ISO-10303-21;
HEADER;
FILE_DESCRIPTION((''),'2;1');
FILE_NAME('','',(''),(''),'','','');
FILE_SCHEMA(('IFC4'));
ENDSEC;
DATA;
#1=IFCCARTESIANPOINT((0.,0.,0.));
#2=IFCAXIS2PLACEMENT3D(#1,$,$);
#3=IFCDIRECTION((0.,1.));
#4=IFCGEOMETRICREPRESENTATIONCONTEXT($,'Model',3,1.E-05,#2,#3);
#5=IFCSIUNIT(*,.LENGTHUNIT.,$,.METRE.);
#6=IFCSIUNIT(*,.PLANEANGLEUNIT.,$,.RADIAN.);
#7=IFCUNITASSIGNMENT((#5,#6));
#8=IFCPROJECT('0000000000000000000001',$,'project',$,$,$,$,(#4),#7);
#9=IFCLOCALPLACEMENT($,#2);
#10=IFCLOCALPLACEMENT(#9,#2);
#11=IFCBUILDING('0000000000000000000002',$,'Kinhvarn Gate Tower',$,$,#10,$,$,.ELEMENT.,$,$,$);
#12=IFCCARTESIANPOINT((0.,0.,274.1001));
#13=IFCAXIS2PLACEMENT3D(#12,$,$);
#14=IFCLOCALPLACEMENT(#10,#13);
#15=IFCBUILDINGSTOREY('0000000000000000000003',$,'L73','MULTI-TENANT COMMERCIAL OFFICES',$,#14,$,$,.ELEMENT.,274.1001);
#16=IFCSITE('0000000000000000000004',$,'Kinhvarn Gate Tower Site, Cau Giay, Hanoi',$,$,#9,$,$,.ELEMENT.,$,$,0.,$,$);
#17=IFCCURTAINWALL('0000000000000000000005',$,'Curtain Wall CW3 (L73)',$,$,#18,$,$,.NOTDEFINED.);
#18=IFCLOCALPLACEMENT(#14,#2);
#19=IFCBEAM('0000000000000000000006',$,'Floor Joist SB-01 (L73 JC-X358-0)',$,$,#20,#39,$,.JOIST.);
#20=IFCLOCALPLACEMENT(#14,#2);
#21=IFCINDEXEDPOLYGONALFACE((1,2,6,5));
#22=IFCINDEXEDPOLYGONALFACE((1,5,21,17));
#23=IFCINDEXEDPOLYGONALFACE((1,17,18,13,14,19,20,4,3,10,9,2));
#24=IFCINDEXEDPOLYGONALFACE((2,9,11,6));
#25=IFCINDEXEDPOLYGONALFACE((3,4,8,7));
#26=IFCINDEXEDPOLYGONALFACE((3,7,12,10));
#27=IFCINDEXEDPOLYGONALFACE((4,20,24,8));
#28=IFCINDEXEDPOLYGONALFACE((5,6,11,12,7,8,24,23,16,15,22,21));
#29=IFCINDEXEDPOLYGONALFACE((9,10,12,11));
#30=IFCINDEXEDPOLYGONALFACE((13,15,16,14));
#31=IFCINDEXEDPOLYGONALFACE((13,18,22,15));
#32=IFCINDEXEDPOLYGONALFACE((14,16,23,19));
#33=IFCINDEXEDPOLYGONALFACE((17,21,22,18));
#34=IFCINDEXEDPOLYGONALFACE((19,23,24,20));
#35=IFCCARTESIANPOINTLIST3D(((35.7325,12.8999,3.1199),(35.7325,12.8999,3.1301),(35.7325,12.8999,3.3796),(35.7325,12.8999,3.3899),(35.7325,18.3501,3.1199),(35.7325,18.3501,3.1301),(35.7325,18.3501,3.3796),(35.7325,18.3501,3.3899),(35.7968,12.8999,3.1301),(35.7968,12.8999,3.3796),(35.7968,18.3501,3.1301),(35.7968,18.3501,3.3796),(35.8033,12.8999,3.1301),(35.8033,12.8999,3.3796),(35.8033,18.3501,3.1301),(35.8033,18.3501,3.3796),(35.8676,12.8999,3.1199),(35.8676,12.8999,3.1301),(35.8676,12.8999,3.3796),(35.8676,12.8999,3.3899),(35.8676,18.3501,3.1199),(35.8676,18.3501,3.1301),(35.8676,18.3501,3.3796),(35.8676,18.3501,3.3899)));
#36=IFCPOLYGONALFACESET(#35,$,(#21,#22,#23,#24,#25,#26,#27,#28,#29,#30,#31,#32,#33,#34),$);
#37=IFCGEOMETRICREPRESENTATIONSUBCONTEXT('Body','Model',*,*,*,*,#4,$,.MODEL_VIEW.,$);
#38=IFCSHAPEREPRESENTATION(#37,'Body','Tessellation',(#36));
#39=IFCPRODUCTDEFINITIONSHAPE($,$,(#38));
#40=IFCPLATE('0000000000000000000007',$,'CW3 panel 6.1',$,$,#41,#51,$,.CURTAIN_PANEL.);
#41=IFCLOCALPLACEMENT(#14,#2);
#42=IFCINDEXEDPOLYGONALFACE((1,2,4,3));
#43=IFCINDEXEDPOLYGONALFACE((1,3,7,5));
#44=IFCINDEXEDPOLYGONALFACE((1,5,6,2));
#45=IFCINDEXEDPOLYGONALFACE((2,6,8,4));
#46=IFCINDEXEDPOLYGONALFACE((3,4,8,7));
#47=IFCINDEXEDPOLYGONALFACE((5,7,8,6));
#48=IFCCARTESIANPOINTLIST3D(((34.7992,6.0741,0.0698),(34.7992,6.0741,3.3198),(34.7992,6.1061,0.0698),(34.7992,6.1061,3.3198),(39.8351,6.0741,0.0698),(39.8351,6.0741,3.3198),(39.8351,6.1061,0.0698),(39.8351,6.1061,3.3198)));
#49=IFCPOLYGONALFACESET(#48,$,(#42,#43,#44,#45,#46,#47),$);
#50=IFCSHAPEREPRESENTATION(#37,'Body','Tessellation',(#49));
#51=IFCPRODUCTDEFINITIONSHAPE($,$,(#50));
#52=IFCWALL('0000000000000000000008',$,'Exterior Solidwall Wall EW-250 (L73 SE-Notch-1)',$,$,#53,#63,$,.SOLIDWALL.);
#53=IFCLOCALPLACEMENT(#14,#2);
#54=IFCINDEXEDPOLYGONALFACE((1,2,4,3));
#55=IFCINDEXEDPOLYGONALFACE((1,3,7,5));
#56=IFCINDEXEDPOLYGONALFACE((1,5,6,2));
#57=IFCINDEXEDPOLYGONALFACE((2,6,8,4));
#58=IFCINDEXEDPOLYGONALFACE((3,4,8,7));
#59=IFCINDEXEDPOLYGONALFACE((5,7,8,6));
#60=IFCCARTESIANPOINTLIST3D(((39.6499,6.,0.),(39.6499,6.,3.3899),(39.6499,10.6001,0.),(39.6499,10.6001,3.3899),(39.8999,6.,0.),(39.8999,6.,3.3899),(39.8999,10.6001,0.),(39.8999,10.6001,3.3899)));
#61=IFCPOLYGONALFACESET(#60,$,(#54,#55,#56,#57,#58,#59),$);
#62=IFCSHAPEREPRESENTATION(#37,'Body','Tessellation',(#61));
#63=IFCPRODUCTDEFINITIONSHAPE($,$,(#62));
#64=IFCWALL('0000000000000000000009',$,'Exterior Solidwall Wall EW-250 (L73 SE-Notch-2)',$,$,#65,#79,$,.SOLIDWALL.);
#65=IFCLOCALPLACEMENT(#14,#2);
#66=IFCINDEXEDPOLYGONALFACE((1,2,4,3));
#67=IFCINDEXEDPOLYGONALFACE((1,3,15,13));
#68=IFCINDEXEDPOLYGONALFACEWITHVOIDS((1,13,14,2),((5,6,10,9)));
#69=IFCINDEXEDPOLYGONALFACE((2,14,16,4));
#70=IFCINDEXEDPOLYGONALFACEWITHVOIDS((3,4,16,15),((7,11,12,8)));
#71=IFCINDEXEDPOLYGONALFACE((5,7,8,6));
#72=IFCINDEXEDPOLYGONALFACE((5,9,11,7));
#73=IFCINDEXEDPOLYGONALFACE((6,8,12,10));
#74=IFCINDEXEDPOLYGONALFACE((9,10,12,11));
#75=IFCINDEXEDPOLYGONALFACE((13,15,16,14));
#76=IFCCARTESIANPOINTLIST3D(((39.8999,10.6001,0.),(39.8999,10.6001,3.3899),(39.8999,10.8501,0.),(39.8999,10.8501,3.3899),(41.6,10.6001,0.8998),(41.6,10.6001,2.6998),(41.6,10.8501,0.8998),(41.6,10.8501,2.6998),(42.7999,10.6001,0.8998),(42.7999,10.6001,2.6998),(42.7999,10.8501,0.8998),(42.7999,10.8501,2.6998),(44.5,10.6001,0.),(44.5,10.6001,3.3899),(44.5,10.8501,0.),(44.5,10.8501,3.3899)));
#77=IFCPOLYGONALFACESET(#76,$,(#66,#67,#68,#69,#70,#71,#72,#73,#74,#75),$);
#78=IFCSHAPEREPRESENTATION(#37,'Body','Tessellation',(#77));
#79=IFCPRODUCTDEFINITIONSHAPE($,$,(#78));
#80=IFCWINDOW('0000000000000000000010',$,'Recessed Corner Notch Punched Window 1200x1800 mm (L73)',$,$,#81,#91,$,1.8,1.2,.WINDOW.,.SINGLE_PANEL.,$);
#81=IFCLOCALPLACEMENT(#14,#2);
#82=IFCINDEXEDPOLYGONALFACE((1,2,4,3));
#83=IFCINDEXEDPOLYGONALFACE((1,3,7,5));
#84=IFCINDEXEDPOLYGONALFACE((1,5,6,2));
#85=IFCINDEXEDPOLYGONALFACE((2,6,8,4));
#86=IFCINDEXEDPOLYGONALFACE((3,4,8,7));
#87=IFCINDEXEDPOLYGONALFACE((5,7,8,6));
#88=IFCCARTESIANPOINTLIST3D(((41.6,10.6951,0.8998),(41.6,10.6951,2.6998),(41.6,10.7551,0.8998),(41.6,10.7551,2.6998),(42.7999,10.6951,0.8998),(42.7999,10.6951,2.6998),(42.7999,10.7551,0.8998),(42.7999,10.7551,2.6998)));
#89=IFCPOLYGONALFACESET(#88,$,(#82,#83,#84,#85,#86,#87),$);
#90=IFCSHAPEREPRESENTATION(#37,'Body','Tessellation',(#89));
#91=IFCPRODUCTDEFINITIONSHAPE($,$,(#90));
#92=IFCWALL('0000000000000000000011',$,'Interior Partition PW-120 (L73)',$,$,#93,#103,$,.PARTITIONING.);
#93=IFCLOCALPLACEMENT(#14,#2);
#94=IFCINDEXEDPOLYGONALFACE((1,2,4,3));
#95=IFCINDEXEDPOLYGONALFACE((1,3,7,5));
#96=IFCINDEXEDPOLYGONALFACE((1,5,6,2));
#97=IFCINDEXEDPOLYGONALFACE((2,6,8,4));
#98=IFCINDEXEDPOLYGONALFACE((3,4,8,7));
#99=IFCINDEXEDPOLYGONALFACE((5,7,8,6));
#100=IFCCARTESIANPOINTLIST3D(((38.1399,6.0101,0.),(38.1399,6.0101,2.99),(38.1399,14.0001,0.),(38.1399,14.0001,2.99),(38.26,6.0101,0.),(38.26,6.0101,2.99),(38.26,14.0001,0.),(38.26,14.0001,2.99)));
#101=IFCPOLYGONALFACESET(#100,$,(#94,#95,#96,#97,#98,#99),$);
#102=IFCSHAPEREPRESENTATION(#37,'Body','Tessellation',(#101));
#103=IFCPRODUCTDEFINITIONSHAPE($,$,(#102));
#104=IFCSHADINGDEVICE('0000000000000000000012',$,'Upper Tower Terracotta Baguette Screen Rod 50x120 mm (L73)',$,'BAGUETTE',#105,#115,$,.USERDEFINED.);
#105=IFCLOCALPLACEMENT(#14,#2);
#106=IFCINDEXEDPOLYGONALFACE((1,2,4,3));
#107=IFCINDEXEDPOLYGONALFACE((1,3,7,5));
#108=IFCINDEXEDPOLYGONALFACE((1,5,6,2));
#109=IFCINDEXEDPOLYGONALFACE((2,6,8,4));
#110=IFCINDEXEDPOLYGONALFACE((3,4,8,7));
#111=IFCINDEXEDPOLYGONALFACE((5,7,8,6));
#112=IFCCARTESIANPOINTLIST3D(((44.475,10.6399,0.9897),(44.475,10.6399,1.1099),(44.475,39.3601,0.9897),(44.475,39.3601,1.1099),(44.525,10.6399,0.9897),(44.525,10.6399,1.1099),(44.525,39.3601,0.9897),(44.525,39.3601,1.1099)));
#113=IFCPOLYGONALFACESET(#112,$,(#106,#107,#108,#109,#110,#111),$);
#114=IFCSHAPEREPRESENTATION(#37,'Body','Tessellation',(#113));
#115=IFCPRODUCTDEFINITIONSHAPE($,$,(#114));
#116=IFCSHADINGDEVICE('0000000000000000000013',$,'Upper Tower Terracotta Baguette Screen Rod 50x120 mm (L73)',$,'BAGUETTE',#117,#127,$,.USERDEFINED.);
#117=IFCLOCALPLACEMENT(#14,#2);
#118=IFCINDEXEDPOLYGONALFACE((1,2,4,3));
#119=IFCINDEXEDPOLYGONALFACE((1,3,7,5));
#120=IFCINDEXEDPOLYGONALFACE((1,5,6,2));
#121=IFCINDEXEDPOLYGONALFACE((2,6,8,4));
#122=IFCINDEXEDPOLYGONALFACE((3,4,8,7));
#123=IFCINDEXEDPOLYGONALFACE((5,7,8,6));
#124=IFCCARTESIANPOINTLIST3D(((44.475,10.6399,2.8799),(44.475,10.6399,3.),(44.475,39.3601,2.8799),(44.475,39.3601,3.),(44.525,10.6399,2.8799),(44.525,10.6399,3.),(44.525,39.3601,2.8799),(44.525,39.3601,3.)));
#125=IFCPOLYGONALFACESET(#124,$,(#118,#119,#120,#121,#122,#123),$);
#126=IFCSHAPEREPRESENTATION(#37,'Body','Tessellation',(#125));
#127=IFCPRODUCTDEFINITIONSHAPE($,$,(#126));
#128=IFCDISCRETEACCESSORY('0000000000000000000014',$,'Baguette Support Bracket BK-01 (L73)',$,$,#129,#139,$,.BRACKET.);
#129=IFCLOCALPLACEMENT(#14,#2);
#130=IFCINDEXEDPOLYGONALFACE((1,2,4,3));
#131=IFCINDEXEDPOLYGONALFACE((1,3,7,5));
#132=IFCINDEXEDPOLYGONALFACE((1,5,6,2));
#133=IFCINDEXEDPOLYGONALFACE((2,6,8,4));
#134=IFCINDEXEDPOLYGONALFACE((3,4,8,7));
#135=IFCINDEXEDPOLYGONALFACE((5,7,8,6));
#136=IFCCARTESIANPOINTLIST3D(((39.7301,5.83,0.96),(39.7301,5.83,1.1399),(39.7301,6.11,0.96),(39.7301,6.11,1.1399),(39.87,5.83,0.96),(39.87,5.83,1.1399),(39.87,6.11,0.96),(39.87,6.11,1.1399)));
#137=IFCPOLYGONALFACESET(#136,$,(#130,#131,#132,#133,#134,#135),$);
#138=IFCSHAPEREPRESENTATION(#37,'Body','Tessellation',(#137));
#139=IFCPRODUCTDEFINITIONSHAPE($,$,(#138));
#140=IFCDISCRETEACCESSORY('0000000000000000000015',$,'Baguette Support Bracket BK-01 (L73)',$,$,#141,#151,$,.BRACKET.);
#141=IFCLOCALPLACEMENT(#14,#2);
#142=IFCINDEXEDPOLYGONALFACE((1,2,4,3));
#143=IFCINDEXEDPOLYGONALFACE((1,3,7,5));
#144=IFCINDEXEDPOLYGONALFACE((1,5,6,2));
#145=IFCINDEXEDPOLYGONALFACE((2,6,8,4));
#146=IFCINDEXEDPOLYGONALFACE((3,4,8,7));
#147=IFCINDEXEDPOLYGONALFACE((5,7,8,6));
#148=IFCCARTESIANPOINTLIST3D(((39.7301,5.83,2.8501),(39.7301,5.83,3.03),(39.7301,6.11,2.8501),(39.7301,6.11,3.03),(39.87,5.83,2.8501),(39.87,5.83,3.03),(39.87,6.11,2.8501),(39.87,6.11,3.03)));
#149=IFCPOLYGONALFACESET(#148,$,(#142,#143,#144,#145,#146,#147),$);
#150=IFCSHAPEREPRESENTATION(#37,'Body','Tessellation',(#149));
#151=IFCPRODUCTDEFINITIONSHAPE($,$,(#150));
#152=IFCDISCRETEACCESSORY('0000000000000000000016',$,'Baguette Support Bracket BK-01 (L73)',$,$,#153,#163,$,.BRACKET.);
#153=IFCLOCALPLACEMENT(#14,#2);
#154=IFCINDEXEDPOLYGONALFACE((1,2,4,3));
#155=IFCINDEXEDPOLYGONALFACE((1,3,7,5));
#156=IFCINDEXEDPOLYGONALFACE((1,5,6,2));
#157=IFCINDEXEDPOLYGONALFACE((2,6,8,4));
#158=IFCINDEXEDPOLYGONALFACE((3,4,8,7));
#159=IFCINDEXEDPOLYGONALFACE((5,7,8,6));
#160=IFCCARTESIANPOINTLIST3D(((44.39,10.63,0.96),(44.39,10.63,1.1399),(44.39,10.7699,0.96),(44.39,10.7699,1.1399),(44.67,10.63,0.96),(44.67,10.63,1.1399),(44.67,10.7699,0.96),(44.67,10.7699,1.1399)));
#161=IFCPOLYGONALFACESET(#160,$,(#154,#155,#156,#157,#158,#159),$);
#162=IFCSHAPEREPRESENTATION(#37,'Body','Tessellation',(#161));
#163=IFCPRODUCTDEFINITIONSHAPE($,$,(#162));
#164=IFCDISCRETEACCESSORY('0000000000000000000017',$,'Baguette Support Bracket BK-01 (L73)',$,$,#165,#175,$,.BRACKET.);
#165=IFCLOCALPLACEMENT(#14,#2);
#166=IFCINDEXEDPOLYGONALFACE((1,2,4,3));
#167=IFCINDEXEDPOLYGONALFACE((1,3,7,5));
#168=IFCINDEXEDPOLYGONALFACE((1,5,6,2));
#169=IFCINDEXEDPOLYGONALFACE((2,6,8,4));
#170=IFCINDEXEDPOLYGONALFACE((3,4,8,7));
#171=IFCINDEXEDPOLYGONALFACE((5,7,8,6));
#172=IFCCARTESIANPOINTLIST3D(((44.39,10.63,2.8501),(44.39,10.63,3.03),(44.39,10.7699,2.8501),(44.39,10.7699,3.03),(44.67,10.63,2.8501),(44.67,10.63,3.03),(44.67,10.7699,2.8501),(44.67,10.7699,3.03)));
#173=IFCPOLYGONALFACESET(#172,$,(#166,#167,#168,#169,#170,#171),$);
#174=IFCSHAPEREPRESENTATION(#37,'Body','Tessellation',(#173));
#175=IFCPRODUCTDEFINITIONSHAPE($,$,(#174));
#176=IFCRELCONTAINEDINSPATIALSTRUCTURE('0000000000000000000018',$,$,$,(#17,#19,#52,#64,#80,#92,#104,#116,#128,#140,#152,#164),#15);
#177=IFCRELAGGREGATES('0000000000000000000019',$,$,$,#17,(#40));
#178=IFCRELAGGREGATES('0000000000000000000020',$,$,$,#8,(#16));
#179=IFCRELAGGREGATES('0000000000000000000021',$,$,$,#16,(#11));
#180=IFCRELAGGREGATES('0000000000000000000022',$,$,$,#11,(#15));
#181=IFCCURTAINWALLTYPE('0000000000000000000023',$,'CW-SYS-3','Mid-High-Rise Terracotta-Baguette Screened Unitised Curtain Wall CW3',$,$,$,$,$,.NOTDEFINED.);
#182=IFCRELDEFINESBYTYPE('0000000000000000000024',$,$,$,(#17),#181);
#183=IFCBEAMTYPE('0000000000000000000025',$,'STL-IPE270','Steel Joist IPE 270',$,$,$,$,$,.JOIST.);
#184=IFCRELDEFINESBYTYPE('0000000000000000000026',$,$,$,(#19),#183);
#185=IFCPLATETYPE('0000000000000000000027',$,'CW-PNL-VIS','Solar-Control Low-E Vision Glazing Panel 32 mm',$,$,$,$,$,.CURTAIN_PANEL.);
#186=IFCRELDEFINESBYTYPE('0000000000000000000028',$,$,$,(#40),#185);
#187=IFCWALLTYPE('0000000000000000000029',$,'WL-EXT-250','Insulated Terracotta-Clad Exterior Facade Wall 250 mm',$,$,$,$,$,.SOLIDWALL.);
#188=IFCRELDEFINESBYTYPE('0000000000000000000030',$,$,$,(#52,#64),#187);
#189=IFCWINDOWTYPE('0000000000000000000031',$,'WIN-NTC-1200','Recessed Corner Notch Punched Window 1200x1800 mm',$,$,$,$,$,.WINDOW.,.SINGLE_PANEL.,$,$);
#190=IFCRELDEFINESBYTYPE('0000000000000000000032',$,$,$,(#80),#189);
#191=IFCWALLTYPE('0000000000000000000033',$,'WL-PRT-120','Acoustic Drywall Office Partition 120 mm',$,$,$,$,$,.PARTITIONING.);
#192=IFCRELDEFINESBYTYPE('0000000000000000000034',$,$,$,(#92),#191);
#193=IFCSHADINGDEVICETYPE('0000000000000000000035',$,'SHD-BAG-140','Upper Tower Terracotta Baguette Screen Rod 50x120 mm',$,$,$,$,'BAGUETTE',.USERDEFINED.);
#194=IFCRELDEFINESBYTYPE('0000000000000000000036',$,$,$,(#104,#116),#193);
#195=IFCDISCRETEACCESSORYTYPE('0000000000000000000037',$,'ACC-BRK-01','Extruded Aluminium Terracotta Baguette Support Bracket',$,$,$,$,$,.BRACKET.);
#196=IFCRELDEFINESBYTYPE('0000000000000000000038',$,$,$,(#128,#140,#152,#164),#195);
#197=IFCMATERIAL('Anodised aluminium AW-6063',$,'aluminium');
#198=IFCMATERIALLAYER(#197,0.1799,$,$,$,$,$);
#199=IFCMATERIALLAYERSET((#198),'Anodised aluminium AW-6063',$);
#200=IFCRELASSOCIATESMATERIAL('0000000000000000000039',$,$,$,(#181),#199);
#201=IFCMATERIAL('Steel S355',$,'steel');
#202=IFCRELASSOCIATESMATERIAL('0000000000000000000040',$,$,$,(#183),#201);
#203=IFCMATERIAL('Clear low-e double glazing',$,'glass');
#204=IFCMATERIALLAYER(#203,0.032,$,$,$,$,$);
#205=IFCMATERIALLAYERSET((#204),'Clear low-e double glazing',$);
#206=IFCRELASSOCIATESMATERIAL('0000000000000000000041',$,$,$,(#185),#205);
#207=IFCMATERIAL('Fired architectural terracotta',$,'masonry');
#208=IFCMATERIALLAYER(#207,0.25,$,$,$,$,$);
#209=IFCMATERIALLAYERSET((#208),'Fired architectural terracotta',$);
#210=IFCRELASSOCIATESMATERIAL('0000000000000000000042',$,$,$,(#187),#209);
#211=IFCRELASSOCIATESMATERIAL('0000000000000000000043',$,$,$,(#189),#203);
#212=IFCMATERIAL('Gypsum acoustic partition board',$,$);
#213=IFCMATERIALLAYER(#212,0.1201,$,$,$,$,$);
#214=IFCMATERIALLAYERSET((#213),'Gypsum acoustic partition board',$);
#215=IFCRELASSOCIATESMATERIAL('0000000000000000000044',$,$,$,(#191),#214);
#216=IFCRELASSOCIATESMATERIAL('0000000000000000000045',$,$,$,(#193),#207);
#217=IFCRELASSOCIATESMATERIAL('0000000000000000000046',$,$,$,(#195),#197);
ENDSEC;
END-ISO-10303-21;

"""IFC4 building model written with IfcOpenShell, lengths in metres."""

from ifc_helpers import new_model, si_unit, direction, frame, frame_2d, origin, origin_2d, place, context, subcontext, project, spatial, rectangle, i_section, extrude, material, layer, layer_set, material_profile, profile_set, type_object, element, fill, aggregate, save


model = new_model("IFC4")

# Units and contexts
model_context = context("Model", 3, precision=1e-05, world=origin(), true_north=direction((0.0, 1.0)))
body_context = subcontext(model_context, "Body", "Model", "MODEL_VIEW")
ifc_project = project(units=[si_unit("LENGTHUNIT", "METRE"), si_unit("PLANEANGLEUNIT", "RADIAN")], contexts=[model_context])

# Site, building, storey
site_placement = place(None, origin())
site = spatial("IfcSite", under=ifc_project, at=site_placement, Name="Kinhvarn Gate Tower Site, Cau Giay, Hanoi", CompositionType="ELEMENT", RefElevation=0.0)
building_placement = place(site_placement, origin())
building = spatial("IfcBuilding", under=site, at=building_placement, Name="Kinhvarn Gate Tower", CompositionType="ELEMENT")
storey_placement = place(building_placement, frame((0.0, 0.0, 274.1001)))
storey = spatial("IfcBuildingStorey", under=building, at=storey_placement, Name="L73", Description="MULTI-TENANT COMMERCIAL OFFICES", CompositionType="ELEMENT", Elevation=274.1001)

# Curtain wall
ifc_material_1 = material(Name="Anodised aluminium AW-6063", Category="aluminium")
ifc_layer_1 = layer(ifc_material_1, 0.1799)
ifc_layer_set_1 = layer_set([ifc_layer_1], Name="Anodised aluminium AW-6063")
curtain_wall_type = type_object("IfcCurtainWallType", Name="CW-SYS-3", Description="Mid-High-Rise Terracotta-Baguette Screened Unitised Curtain Wall CW3", PredefinedType="NOTDEFINED", material=ifc_layer_set_1)
curtain_wall_1_placement = place(storey_placement, origin())
curtain_wall_1 = element("IfcCurtainWall", 1, at=curtain_wall_1_placement, inside=storey, type_object=curtain_wall_type, Name="Curtain Wall CW3 (L73)", PredefinedType="NOTDEFINED")

# Beam
ifc_material_2 = material(Name="Steel S355", Category="steel")
ifc_material_profile_1 = material_profile(ifc_material_2, i_section(OverallWidth=0.135, OverallDepth=0.27, WebThickness=0.0066, FlangeThickness=0.0103, at=origin_2d()), Name="IPE 270")
ifc_profile_set_1 = profile_set([ifc_material_profile_1], Name="Steel S355")
beam_type_1 = type_object("IfcBeamType", Name="STL-IPE270", Description="Steel Joist IPE 270", PredefinedType="JOIST", material=ifc_profile_set_1)
beam_1_placement = place(storey_placement, frame((35.8, 12.8999, 3.2549), z_axis=(0.0, 1.0, 0.0), x_axis=(-1.0, 0.0, 0.0)))
element("IfcBeam", 2, at=beam_1_placement, inside=storey, type_object=beam_type_1, Name="Floor Joist SB-01 (L73 JC-X358-0)", PredefinedType="JOIST", context=body_context, shape_type="SweptSolid", body=[
    extrude(i_section(OverallWidth=0.135, OverallDepth=0.27, WebThickness=0.0066, FlangeThickness=0.0103, at=origin_2d()), origin(), (0.0, 0.0, 1.0), 5.4502),
])

# Plate
ifc_material_3 = material(Name="Clear low-e double glazing", Category="glass")
ifc_layer_2 = layer(ifc_material_3, 0.032)
ifc_layer_set_2 = layer_set([ifc_layer_2], Name="Clear low-e double glazing")
plate_type = type_object("IfcPlateType", Name="CW-PNL-VIS", Description="Solar-Control Low-E Vision Glazing Panel 32 mm", PredefinedType="CURTAIN_PANEL", material=ifc_layer_set_2)
plate_placement = place(storey_placement, frame((37.3171, 6.0901, 0.0698), z_axis=(0.0, 0.0, 1.0), x_axis=(1.0, 0.0, 0.0)))
plate = element("IfcPlate", 3, at=plate_placement, type_object=plate_type, Name="CW3 panel 6.1", PredefinedType="CURTAIN_PANEL", context=body_context, shape_type="SweptSolid", body=[
    extrude(rectangle(XDim=5.0359, YDim=0.032, at=origin_2d()), origin(), (0.0, 0.0, 1.0), 3.25),
])
aggregate(curtain_wall_1, [plate])

# Wall
ifc_material_4 = material(Name="Fired architectural terracotta", Category="masonry")
ifc_layer_3 = layer(ifc_material_4, 0.25)
ifc_layer_set_3 = layer_set([ifc_layer_3], Name="Fired architectural terracotta")
wall_type_1 = type_object("IfcWallType", Name="WL-EXT-250", Description="Insulated Terracotta-Clad Exterior Facade Wall 250 mm", PredefinedType="SOLIDWALL", material=ifc_layer_set_3)
wall_1_placement = place(storey_placement, frame((39.7749, 6.0, 0.0), z_axis=(0.0, 0.0, 1.0), x_axis=(0.0, 1.0, 0.0)))
element("IfcWall", 4, at=wall_1_placement, inside=storey, type_object=wall_type_1, Name="Exterior Solidwall Wall EW-250 (L73 SE-Notch-1)", PredefinedType="SOLIDWALL", context=body_context, shape_type="SweptSolid", body=[
    extrude(rectangle(XDim=4.6001, YDim=0.25, at=frame_2d((2.3, 0.0))), origin(), (0.0, 0.0, 1.0), 3.3899),
])

# Wall, opening, window
wall_2_placement = place(storey_placement, frame((39.8999, 10.7251, 0.0), z_axis=(0.0, 0.0, 1.0), x_axis=(1.0, 0.0, 0.0)))
wall_2 = element("IfcWall", 5, at=wall_2_placement, inside=storey, type_object=wall_type_1, Name="Exterior Solidwall Wall EW-250 (L73 SE-Notch-2)", PredefinedType="SOLIDWALL", context=body_context, shape_type="SweptSolid", body=[
    extrude(rectangle(XDim=4.6001, YDim=0.25, at=frame_2d((2.3, 0.0))), origin(), (0.0, 0.0, 1.0), 3.3899),
])
opening_placement = place(wall_2_placement, frame((1.7, 0.0, 0.8999)))
opening = element("IfcOpeningElement", 6, at=opening_placement, cuts=wall_2, PredefinedType="OPENING", context=body_context, shape_type="SweptSolid", body=[
    extrude(rectangle(XDim=1.2, YDim=1.8, at=frame_2d((0.6001, 0.8999))), frame((0.0, 0.135, 0.0), z_axis=(0.0, -1.0, 0.0), x_axis=(1.0, 0.0, 0.0)), (0.0, 0.0, 1.0), 0.27),
])
window_type = type_object("IfcWindowType", Name="WIN-NTC-1200", Description="Recessed Corner Notch Punched Window 1200x1800 mm", PartitioningType="SINGLE_PANEL", PredefinedType="WINDOW", material=ifc_material_3)
window_placement = place(opening_placement, origin())
window = element("IfcWindow", 7, at=window_placement, inside=storey, type_object=window_type, Name="Recessed Corner Notch Punched Window 1200x1800 mm (L73)", OverallHeight=1.8, OverallWidth=1.2, PartitioningType="SINGLE_PANEL", PredefinedType="WINDOW", context=body_context, shape_type="SweptSolid", body=[
    extrude(rectangle(XDim=1.2, YDim=1.8, at=frame_2d((0.6001, 0.8999))), frame((0.0, 0.03, 0.0), z_axis=(0.0, -1.0, 0.0), x_axis=(1.0, 0.0, 0.0)), (0.0, 0.0, 1.0), 0.0601),
])
fill(opening, window)

# Wall
ifc_material_5 = material(Name="Gypsum acoustic partition board")
ifc_layer_4 = layer(ifc_material_5, 0.1201)
ifc_layer_set_4 = layer_set([ifc_layer_4], Name="Gypsum acoustic partition board")
wall_type_2 = type_object("IfcWallType", Name="WL-PRT-120", Description="Acoustic Drywall Office Partition 120 mm", PredefinedType="PARTITIONING", material=ifc_layer_set_4)
wall_3_placement = place(storey_placement, frame((38.2, 6.01, 0.0), z_axis=(0.0, 0.0, 1.0), x_axis=(0.0, 1.0, 0.0)))
element("IfcWall", 8, at=wall_3_placement, inside=storey, type_object=wall_type_2, Name="Interior Partition PW-120 (L73)", PredefinedType="PARTITIONING", context=body_context, shape_type="SweptSolid", body=[
    extrude(rectangle(XDim=7.99, YDim=0.1201, at=frame_2d((3.9951, 0.0))), origin(), (0.0, 0.0, 1.0), 2.99),
])

# Shading devices
ifc_material_profile_2 = material_profile(ifc_material_4, rectangle(XDim=0.05, YDim=0.1201, at=origin_2d()), Name="TC 50x120")
ifc_profile_set_2 = profile_set([ifc_material_profile_2], Name="Fired architectural terracotta")
shading_device_type = type_object("IfcShadingDeviceType", Name="SHD-BAG-140", Description="Upper Tower Terracotta Baguette Screen Rod 50x120 mm", ElementType="BAGUETTE", PredefinedType="USERDEFINED", material=ifc_profile_set_2)
for number, where, z_axis, x_axis, name in (
    (9, (44.5, 10.6399, 1.0498), (0.0, 1.0, 0.0), (-1.0, 0.0, 0.0), "Upper Tower Terracotta Baguette Screen Rod 50x120 mm (L73)"),
    (10, (44.5, 10.6399, 2.9399), (0.0, 1.0, 0.0), (-1.0, 0.0, 0.0), "Upper Tower Terracotta Baguette Screen Rod 50x120 mm (L73)"),
):
    element("IfcShadingDevice", number, at=place(storey_placement, frame(where, z_axis=z_axis, x_axis=x_axis)), inside=storey, type_object=shading_device_type, Name=name, ObjectType="BAGUETTE", PredefinedType="USERDEFINED", context=body_context, shape_type="SweptSolid", body=[
        extrude(rectangle(XDim=0.05, YDim=0.1201, at=origin_2d()), origin(), (0.0, 0.0, 1.0), 28.7202),
    ])

# Discrete accessories
discrete_accessory_type = type_object("IfcDiscreteAccessoryType", Name="ACC-BRK-01", Description="Extruded Aluminium Terracotta Baguette Support Bracket", PredefinedType="BRACKET", material=ifc_material_1)
for number, where, z_axis, x_axis, name in (
    (11, (39.8, 5.97, 0.96), (0.0, 0.0, 1.0), (1.0, 0.0, 0.0), "Baguette Support Bracket BK-01 (L73)"),
    (12, (39.8, 5.97, 2.8501), (0.0, 0.0, 1.0), (1.0, 0.0, 0.0), "Baguette Support Bracket BK-01 (L73)"),
    (13, (44.53, 10.7, 0.96), (0.0, 0.0, 1.0), (0.0, 1.0, 0.0), "Baguette Support Bracket BK-01 (L73)"),
    (14, (44.53, 10.7, 2.8501), (0.0, 0.0, 1.0), (0.0, 1.0, 0.0), "Baguette Support Bracket BK-01 (L73)"),
):
    element("IfcDiscreteAccessory", number, at=place(storey_placement, frame(where, z_axis=z_axis, x_axis=x_axis)), inside=storey, type_object=discrete_accessory_type, Name=name, PredefinedType="BRACKET", context=body_context, shape_type="SweptSolid", body=[
        extrude(rectangle(XDim=0.1399, YDim=0.28, at=origin_2d()), origin(), (0.0, 0.0, 1.0), 0.1799),
    ])

save(model, "model.ifc")
